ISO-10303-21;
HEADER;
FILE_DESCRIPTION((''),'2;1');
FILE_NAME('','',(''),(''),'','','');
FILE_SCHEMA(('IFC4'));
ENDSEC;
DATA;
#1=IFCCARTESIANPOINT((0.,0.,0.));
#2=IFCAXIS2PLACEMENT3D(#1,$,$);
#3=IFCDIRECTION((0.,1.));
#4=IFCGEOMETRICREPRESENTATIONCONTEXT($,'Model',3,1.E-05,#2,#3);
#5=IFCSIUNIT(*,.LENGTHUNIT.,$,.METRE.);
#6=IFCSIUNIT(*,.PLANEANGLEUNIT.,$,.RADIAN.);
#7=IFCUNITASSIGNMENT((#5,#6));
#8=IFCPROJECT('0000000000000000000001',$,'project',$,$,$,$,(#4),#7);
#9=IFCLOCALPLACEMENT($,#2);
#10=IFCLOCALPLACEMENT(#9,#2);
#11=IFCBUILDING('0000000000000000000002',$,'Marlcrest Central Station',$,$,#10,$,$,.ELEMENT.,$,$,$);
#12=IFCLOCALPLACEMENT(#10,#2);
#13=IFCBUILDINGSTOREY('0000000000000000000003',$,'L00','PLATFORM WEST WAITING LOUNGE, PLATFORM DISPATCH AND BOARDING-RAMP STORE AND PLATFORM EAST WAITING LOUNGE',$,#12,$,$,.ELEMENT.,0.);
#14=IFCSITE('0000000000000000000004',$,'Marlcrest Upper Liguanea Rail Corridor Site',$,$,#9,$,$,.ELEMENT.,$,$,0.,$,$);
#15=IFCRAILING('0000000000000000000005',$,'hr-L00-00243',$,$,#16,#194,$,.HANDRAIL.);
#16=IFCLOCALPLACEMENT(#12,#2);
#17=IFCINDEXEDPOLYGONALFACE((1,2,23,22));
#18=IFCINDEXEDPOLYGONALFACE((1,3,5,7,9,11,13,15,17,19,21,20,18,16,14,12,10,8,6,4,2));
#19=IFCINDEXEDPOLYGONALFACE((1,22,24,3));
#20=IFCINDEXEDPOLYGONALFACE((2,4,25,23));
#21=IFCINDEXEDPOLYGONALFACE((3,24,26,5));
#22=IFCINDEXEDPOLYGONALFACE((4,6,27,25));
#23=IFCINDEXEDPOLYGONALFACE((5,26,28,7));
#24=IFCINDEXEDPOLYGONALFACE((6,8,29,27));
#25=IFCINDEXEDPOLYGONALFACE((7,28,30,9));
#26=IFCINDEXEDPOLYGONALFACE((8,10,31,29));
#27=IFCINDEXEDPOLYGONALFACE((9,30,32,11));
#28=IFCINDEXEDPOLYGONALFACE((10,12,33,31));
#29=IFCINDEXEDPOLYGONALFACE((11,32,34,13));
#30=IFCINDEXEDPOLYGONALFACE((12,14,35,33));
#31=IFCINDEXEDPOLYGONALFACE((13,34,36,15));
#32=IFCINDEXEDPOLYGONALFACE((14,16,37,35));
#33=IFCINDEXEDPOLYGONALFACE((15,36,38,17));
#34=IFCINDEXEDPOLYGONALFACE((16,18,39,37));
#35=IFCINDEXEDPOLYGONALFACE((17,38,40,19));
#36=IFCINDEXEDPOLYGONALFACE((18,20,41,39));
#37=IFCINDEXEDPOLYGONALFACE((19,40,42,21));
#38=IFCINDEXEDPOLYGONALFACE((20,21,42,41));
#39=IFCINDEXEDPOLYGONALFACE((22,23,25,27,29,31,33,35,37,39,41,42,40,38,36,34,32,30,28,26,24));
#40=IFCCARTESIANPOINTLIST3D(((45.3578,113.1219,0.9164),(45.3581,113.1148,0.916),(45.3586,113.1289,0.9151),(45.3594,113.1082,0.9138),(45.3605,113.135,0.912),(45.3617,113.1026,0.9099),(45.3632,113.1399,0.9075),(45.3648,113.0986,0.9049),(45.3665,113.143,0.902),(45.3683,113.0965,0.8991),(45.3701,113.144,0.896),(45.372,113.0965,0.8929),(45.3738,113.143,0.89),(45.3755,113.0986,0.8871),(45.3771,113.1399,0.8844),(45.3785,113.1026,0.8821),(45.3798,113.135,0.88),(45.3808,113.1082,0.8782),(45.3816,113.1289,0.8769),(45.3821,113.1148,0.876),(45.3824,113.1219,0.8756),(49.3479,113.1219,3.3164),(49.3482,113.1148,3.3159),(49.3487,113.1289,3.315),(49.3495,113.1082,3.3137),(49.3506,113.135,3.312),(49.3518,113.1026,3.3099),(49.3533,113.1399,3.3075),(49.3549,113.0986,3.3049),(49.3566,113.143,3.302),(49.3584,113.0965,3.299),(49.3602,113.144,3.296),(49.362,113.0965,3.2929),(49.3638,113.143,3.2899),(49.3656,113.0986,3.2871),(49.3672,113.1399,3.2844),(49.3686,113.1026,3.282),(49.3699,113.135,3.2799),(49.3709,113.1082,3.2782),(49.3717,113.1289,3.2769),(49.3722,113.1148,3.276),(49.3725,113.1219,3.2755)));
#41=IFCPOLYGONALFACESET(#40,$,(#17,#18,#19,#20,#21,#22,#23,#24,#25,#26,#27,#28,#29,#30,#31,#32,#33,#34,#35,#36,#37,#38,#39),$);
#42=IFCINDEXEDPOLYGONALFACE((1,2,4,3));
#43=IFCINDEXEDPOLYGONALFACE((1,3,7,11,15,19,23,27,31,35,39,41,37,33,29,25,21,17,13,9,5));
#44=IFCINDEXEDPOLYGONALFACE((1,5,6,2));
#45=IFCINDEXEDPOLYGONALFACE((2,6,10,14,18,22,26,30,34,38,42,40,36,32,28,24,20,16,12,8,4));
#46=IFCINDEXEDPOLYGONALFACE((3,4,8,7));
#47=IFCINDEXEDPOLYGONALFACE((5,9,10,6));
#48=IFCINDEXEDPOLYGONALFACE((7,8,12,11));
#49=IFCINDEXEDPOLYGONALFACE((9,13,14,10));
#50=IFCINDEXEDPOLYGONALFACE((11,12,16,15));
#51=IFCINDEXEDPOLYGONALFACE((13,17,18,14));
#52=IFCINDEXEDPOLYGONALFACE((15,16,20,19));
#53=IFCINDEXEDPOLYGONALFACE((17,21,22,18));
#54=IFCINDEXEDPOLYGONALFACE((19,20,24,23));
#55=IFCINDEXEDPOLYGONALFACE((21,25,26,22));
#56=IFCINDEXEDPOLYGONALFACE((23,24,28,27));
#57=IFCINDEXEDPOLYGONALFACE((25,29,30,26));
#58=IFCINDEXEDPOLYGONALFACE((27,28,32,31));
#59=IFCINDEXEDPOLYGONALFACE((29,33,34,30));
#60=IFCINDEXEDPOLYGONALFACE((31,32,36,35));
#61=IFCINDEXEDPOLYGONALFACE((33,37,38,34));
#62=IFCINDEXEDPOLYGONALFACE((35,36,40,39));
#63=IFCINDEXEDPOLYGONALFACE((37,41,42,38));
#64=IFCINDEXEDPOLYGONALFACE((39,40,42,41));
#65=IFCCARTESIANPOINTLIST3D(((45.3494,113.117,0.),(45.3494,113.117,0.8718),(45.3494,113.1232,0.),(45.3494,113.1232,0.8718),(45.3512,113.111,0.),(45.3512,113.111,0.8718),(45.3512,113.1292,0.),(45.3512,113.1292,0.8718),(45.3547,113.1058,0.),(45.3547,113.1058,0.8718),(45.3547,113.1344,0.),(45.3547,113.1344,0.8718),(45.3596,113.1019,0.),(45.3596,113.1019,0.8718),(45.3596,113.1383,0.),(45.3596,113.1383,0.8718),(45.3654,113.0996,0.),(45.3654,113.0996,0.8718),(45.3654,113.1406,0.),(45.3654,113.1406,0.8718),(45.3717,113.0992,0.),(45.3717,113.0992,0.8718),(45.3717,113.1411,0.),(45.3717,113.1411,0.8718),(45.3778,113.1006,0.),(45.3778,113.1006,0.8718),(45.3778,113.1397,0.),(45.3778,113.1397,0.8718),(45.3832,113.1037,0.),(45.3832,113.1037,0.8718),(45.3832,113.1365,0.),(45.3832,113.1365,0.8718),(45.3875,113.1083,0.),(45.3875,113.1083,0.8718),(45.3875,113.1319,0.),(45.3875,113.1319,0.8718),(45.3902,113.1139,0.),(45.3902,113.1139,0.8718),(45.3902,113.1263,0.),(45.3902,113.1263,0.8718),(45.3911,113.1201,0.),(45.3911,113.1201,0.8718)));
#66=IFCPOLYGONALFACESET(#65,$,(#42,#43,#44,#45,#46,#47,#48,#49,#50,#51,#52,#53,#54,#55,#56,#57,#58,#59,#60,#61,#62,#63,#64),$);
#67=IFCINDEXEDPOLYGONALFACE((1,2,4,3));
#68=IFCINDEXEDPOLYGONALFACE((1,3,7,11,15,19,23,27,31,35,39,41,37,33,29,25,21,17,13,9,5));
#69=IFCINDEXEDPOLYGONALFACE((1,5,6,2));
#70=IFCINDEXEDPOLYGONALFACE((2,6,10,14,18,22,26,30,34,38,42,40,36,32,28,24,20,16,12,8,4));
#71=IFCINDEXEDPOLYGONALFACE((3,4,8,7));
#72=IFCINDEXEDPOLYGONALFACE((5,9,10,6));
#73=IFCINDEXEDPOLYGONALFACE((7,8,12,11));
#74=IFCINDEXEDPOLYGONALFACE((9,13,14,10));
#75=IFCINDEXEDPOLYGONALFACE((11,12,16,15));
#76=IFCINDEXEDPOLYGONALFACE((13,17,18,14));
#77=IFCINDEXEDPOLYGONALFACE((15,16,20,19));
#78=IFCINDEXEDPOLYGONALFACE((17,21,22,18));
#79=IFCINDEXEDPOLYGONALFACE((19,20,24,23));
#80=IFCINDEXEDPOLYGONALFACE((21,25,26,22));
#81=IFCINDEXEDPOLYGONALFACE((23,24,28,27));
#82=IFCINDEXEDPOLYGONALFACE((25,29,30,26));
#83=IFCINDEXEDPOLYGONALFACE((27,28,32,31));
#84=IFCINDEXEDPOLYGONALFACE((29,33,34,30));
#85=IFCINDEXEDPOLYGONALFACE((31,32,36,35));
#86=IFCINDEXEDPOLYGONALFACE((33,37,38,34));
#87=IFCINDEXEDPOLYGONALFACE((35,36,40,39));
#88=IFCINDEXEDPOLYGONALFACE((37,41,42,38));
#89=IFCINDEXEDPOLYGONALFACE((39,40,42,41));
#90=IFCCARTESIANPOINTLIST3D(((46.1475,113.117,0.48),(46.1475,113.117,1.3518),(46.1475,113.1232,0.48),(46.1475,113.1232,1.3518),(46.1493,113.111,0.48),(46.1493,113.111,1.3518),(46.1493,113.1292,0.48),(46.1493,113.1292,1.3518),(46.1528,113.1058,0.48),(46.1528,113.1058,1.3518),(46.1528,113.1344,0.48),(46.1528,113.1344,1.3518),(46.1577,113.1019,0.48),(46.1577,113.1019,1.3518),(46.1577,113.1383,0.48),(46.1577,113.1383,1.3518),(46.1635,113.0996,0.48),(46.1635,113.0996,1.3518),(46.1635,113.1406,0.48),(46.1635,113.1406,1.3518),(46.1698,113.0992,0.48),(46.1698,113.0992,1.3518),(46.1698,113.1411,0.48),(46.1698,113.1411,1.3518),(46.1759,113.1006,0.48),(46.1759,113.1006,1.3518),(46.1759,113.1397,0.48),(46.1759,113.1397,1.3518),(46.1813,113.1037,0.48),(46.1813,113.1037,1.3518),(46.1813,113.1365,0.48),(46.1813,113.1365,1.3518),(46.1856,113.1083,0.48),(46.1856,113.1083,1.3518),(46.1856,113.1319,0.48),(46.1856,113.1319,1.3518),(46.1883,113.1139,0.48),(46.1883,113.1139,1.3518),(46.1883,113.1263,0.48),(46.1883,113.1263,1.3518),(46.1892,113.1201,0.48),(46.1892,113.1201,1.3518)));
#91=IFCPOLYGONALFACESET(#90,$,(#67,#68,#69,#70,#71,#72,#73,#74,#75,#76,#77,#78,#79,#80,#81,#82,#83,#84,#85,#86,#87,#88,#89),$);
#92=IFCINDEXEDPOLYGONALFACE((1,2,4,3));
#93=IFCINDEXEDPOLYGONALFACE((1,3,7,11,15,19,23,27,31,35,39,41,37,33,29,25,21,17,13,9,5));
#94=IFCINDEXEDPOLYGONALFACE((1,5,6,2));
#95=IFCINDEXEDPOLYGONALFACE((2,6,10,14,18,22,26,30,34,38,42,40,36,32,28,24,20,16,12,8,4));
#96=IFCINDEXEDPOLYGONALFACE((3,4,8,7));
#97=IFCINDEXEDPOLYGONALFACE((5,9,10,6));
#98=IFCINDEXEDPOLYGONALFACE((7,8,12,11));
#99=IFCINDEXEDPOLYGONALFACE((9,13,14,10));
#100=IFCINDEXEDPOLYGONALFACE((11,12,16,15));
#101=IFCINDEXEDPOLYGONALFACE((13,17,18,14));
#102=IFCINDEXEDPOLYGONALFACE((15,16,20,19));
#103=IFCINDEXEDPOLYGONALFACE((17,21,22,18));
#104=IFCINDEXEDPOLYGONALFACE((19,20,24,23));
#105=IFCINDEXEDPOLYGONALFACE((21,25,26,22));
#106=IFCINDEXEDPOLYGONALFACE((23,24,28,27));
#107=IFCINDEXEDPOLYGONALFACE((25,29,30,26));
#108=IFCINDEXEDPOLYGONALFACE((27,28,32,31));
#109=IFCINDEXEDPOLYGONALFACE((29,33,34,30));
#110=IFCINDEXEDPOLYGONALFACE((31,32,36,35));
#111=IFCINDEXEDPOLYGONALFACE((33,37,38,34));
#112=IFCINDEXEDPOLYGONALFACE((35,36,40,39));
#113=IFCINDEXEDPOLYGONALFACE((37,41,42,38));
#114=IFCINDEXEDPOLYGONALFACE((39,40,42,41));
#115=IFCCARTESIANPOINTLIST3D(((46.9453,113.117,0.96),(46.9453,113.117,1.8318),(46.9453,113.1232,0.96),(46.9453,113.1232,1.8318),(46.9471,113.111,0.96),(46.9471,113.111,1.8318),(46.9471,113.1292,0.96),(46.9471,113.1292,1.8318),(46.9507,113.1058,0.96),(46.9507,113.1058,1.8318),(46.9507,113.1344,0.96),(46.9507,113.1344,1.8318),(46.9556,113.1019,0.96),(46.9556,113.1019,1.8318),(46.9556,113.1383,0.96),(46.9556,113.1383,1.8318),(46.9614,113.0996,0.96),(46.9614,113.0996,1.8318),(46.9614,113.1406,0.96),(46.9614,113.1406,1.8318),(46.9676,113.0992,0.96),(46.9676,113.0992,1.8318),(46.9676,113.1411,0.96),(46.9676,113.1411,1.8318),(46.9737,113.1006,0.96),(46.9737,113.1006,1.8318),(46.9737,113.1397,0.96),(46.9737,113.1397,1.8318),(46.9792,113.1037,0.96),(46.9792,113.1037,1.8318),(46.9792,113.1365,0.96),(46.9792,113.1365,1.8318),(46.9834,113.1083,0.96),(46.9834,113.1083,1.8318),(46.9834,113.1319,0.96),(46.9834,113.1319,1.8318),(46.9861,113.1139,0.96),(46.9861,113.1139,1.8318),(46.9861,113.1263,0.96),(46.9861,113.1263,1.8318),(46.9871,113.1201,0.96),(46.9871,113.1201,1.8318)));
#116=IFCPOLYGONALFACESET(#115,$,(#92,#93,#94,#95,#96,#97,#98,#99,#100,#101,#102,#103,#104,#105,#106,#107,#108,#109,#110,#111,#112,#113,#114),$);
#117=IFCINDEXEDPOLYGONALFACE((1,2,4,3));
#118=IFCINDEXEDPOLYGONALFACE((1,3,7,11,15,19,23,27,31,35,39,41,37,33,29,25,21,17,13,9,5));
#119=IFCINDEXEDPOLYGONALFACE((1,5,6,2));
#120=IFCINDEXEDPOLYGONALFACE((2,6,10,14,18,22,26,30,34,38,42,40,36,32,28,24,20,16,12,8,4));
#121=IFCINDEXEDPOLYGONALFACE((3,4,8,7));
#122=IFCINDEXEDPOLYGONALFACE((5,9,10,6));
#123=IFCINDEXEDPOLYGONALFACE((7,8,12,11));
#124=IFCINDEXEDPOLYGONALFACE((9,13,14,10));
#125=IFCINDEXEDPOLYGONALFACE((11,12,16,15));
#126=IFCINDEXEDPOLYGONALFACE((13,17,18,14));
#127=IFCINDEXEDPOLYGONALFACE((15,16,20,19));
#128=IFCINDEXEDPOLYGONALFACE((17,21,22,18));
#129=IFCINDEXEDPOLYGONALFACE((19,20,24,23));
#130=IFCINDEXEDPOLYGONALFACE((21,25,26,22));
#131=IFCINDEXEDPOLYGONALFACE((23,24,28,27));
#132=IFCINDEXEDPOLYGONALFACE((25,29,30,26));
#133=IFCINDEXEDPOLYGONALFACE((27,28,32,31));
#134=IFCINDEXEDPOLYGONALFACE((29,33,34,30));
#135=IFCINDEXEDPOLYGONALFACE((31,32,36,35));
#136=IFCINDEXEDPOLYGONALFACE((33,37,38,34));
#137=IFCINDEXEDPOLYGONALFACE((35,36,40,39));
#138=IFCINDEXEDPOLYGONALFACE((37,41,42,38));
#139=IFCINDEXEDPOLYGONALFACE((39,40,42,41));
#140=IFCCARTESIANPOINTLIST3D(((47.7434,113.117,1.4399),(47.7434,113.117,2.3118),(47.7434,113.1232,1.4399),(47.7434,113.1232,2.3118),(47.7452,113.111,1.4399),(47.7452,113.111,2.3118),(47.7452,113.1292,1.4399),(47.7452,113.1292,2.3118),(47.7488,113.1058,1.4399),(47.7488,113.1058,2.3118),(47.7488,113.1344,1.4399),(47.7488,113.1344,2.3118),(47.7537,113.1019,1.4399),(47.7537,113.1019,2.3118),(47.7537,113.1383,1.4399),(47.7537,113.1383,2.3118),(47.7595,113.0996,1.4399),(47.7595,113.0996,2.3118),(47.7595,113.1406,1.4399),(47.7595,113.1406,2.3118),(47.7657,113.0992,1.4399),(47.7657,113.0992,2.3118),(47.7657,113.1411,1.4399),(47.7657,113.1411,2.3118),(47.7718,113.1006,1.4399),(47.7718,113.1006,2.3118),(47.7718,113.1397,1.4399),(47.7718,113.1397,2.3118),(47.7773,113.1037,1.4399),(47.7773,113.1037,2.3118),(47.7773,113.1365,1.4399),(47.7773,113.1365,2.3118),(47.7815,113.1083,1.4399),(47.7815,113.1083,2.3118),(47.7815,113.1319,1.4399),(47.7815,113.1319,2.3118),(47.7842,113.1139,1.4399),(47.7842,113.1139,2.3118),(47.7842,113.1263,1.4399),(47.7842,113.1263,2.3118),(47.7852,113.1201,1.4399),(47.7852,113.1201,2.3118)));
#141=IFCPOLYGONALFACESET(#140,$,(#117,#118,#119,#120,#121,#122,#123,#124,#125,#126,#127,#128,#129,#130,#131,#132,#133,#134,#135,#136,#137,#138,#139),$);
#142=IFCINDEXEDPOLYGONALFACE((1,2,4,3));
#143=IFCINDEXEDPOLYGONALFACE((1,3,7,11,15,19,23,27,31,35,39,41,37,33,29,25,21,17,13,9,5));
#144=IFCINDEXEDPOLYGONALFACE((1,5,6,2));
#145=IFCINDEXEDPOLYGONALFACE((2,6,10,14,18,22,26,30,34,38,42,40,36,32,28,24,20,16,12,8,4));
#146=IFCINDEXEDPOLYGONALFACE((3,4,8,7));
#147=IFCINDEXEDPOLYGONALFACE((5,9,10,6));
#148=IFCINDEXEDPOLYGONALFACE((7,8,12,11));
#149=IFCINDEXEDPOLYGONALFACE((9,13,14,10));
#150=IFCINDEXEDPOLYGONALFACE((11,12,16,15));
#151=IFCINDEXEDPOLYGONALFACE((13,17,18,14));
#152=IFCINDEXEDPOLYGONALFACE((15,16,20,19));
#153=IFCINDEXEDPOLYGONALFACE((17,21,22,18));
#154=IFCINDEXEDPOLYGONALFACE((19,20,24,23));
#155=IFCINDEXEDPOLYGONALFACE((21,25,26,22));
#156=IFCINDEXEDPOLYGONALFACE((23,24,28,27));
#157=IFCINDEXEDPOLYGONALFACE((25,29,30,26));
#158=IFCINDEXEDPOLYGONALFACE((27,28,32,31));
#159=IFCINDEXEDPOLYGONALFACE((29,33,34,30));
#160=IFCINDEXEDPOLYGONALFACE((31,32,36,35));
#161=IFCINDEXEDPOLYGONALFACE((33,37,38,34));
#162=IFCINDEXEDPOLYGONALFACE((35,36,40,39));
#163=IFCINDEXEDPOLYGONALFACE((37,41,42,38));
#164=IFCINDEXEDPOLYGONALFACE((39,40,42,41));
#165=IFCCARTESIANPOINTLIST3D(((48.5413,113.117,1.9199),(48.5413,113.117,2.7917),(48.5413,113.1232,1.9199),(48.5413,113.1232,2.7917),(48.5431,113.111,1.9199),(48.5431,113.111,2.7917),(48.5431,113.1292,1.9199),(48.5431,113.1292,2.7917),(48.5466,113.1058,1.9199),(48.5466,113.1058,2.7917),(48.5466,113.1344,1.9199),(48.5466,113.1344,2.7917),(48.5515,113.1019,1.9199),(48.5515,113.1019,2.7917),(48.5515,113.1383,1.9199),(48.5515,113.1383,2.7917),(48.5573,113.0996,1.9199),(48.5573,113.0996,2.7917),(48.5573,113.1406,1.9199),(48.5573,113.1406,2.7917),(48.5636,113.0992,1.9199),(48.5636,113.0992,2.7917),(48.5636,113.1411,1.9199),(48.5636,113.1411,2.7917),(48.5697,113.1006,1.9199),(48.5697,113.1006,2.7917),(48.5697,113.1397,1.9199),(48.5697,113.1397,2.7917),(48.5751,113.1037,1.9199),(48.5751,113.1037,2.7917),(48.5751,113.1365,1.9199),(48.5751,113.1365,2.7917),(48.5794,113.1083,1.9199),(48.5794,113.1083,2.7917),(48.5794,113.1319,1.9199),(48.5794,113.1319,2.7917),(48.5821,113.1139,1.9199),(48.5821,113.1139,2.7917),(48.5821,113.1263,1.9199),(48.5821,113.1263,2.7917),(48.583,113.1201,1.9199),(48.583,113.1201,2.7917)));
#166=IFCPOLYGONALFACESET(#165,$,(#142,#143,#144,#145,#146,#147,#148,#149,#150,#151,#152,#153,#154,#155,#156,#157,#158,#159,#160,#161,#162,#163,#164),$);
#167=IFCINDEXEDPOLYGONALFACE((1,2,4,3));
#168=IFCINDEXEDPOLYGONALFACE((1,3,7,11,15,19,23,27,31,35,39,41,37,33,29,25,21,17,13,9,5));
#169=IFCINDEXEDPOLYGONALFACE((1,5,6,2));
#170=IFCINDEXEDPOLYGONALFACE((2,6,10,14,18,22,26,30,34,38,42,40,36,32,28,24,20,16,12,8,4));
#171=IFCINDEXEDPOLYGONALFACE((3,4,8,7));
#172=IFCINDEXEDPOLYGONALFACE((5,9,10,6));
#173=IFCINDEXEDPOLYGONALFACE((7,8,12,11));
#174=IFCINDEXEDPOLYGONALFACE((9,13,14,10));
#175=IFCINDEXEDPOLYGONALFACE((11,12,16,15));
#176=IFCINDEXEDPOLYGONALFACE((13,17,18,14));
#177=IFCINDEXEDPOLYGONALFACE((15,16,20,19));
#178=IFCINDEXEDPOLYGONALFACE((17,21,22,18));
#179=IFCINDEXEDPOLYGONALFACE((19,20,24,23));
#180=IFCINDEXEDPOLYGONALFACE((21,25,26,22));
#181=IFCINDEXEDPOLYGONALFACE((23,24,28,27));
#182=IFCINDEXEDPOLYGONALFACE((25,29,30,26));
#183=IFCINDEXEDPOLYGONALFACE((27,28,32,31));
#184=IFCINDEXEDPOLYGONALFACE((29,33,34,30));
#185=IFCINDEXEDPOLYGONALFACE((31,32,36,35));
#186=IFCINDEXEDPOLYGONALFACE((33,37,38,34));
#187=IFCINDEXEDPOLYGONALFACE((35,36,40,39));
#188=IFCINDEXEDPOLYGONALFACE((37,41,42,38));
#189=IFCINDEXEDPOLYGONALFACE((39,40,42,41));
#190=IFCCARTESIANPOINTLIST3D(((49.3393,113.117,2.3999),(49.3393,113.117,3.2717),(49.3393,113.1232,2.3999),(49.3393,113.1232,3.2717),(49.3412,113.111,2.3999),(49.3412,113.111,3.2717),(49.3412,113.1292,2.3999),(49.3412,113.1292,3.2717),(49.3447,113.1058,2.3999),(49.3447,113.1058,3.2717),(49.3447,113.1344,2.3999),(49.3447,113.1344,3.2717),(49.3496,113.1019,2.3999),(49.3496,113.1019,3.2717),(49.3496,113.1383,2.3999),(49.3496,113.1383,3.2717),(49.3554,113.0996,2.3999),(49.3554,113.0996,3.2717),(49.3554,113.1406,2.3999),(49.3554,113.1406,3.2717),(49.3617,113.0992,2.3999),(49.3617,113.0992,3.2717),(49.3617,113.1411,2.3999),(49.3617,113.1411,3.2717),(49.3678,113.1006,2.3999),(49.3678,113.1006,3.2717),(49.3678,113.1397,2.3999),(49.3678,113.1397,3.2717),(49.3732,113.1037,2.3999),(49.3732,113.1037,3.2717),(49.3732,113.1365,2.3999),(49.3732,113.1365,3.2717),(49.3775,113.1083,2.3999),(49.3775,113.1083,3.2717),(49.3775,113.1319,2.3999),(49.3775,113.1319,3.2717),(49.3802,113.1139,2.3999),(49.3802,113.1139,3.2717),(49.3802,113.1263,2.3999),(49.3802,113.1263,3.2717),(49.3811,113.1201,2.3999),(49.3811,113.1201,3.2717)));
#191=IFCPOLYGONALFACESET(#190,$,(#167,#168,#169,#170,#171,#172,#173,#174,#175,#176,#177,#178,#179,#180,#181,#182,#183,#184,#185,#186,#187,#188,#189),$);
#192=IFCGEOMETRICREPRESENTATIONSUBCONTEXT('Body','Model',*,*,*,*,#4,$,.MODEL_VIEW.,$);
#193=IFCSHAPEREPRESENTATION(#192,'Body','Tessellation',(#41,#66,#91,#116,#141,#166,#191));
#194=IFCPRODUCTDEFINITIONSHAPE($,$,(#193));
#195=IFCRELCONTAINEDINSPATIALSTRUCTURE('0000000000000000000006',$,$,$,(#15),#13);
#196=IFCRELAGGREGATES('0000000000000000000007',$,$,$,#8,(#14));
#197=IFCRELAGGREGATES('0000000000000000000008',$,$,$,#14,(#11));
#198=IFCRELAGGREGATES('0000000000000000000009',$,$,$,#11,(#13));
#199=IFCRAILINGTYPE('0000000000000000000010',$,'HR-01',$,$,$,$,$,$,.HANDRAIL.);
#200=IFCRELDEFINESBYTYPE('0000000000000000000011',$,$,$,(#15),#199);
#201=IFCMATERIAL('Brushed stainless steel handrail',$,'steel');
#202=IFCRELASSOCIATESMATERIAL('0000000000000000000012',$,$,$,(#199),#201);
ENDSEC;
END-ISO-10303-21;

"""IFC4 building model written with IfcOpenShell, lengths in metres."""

from ifc_helpers import new_model, si_unit, direction, frame, origin, origin_2d, place, context, subcontext, project, spatial, circle, extrude, material, type_object, element, save


model = new_model("IFC4")

# Units and contexts
model_context = context("Model", 3, precision=1e-05, world=origin(), true_north=direction((0.0, 1.0)))
body_context = subcontext(model_context, "Body", "Model", "MODEL_VIEW")
ifc_project = project(units=[si_unit("LENGTHUNIT", "METRE"), si_unit("PLANEANGLEUNIT", "RADIAN")], contexts=[model_context])

# Site, building, storey
site_placement = place(None, origin())
site = spatial("IfcSite", under=ifc_project, at=site_placement, Name="Marlcrest Upper Liguanea Rail Corridor Site", CompositionType="ELEMENT", RefElevation=0.0)
building_placement = place(site_placement, origin())
building = spatial("IfcBuilding", under=site, at=building_placement, Name="Marlcrest Central Station", CompositionType="ELEMENT")
storey_placement = place(building_placement, origin())
storey = spatial("IfcBuildingStorey", under=building, at=storey_placement, Name="L00", Description="PLATFORM WEST WAITING LOUNGE, PLATFORM DISPATCH AND BOARDING-RAMP STORE AND PLATFORM EAST WAITING LOUNGE", CompositionType="ELEMENT", Elevation=0.0)

# Railing
ifc_material_1 = material(Name="Brushed stainless steel handrail", Category="steel")
railing_type_1 = type_object("IfcRailingType", Name="HR-01", PredefinedType="HANDRAIL", material=ifc_material_1)
railing_1_placement = place(storey_placement, frame((45.3701, 113.1201, 0.0)))
element("IfcRailing", 1, at=railing_1_placement, inside=storey, type_object=railing_type_1, Name="hr-L00-00243", PredefinedType="HANDRAIL", context=body_context, shape_type="SweptSolid", body=[
    extrude(circle(Radius=0.0239, at=origin_2d()), frame((0.0, 0.0, 0.896), z_axis=(0.856933, 0.0, 0.515428), x_axis=(0.0, 1.0, 0.0)), (0.0, 0.0, 1.0), 4.6562),
    extrude(circle(Radius=0.021, at=origin_2d()), origin(), (0.0, 0.0, 1.0), 0.8718),
    extrude(circle(Radius=0.021, at=origin_2d()), frame((0.7981, 0.0, 0.48)), (0.0, 0.0, 1.0), 0.8718),
    extrude(circle(Radius=0.021, at=origin_2d()), frame((1.5959, 0.0, 0.96)), (0.0, 0.0, 1.0), 0.8718),
    extrude(circle(Radius=0.021, at=origin_2d()), frame((2.394, 0.0, 1.4399)), (0.0, 0.0, 1.0), 0.8718),
    extrude(circle(Radius=0.021, at=origin_2d()), frame((3.1919, 0.0, 1.9199)), (0.0, 0.0, 1.0), 0.8718),
    extrude(circle(Radius=0.021, at=origin_2d()), frame((3.99, 0.0, 2.3999)), (0.0, 0.0, 1.0), 0.8718),
])

save(model, "model.ifc")
